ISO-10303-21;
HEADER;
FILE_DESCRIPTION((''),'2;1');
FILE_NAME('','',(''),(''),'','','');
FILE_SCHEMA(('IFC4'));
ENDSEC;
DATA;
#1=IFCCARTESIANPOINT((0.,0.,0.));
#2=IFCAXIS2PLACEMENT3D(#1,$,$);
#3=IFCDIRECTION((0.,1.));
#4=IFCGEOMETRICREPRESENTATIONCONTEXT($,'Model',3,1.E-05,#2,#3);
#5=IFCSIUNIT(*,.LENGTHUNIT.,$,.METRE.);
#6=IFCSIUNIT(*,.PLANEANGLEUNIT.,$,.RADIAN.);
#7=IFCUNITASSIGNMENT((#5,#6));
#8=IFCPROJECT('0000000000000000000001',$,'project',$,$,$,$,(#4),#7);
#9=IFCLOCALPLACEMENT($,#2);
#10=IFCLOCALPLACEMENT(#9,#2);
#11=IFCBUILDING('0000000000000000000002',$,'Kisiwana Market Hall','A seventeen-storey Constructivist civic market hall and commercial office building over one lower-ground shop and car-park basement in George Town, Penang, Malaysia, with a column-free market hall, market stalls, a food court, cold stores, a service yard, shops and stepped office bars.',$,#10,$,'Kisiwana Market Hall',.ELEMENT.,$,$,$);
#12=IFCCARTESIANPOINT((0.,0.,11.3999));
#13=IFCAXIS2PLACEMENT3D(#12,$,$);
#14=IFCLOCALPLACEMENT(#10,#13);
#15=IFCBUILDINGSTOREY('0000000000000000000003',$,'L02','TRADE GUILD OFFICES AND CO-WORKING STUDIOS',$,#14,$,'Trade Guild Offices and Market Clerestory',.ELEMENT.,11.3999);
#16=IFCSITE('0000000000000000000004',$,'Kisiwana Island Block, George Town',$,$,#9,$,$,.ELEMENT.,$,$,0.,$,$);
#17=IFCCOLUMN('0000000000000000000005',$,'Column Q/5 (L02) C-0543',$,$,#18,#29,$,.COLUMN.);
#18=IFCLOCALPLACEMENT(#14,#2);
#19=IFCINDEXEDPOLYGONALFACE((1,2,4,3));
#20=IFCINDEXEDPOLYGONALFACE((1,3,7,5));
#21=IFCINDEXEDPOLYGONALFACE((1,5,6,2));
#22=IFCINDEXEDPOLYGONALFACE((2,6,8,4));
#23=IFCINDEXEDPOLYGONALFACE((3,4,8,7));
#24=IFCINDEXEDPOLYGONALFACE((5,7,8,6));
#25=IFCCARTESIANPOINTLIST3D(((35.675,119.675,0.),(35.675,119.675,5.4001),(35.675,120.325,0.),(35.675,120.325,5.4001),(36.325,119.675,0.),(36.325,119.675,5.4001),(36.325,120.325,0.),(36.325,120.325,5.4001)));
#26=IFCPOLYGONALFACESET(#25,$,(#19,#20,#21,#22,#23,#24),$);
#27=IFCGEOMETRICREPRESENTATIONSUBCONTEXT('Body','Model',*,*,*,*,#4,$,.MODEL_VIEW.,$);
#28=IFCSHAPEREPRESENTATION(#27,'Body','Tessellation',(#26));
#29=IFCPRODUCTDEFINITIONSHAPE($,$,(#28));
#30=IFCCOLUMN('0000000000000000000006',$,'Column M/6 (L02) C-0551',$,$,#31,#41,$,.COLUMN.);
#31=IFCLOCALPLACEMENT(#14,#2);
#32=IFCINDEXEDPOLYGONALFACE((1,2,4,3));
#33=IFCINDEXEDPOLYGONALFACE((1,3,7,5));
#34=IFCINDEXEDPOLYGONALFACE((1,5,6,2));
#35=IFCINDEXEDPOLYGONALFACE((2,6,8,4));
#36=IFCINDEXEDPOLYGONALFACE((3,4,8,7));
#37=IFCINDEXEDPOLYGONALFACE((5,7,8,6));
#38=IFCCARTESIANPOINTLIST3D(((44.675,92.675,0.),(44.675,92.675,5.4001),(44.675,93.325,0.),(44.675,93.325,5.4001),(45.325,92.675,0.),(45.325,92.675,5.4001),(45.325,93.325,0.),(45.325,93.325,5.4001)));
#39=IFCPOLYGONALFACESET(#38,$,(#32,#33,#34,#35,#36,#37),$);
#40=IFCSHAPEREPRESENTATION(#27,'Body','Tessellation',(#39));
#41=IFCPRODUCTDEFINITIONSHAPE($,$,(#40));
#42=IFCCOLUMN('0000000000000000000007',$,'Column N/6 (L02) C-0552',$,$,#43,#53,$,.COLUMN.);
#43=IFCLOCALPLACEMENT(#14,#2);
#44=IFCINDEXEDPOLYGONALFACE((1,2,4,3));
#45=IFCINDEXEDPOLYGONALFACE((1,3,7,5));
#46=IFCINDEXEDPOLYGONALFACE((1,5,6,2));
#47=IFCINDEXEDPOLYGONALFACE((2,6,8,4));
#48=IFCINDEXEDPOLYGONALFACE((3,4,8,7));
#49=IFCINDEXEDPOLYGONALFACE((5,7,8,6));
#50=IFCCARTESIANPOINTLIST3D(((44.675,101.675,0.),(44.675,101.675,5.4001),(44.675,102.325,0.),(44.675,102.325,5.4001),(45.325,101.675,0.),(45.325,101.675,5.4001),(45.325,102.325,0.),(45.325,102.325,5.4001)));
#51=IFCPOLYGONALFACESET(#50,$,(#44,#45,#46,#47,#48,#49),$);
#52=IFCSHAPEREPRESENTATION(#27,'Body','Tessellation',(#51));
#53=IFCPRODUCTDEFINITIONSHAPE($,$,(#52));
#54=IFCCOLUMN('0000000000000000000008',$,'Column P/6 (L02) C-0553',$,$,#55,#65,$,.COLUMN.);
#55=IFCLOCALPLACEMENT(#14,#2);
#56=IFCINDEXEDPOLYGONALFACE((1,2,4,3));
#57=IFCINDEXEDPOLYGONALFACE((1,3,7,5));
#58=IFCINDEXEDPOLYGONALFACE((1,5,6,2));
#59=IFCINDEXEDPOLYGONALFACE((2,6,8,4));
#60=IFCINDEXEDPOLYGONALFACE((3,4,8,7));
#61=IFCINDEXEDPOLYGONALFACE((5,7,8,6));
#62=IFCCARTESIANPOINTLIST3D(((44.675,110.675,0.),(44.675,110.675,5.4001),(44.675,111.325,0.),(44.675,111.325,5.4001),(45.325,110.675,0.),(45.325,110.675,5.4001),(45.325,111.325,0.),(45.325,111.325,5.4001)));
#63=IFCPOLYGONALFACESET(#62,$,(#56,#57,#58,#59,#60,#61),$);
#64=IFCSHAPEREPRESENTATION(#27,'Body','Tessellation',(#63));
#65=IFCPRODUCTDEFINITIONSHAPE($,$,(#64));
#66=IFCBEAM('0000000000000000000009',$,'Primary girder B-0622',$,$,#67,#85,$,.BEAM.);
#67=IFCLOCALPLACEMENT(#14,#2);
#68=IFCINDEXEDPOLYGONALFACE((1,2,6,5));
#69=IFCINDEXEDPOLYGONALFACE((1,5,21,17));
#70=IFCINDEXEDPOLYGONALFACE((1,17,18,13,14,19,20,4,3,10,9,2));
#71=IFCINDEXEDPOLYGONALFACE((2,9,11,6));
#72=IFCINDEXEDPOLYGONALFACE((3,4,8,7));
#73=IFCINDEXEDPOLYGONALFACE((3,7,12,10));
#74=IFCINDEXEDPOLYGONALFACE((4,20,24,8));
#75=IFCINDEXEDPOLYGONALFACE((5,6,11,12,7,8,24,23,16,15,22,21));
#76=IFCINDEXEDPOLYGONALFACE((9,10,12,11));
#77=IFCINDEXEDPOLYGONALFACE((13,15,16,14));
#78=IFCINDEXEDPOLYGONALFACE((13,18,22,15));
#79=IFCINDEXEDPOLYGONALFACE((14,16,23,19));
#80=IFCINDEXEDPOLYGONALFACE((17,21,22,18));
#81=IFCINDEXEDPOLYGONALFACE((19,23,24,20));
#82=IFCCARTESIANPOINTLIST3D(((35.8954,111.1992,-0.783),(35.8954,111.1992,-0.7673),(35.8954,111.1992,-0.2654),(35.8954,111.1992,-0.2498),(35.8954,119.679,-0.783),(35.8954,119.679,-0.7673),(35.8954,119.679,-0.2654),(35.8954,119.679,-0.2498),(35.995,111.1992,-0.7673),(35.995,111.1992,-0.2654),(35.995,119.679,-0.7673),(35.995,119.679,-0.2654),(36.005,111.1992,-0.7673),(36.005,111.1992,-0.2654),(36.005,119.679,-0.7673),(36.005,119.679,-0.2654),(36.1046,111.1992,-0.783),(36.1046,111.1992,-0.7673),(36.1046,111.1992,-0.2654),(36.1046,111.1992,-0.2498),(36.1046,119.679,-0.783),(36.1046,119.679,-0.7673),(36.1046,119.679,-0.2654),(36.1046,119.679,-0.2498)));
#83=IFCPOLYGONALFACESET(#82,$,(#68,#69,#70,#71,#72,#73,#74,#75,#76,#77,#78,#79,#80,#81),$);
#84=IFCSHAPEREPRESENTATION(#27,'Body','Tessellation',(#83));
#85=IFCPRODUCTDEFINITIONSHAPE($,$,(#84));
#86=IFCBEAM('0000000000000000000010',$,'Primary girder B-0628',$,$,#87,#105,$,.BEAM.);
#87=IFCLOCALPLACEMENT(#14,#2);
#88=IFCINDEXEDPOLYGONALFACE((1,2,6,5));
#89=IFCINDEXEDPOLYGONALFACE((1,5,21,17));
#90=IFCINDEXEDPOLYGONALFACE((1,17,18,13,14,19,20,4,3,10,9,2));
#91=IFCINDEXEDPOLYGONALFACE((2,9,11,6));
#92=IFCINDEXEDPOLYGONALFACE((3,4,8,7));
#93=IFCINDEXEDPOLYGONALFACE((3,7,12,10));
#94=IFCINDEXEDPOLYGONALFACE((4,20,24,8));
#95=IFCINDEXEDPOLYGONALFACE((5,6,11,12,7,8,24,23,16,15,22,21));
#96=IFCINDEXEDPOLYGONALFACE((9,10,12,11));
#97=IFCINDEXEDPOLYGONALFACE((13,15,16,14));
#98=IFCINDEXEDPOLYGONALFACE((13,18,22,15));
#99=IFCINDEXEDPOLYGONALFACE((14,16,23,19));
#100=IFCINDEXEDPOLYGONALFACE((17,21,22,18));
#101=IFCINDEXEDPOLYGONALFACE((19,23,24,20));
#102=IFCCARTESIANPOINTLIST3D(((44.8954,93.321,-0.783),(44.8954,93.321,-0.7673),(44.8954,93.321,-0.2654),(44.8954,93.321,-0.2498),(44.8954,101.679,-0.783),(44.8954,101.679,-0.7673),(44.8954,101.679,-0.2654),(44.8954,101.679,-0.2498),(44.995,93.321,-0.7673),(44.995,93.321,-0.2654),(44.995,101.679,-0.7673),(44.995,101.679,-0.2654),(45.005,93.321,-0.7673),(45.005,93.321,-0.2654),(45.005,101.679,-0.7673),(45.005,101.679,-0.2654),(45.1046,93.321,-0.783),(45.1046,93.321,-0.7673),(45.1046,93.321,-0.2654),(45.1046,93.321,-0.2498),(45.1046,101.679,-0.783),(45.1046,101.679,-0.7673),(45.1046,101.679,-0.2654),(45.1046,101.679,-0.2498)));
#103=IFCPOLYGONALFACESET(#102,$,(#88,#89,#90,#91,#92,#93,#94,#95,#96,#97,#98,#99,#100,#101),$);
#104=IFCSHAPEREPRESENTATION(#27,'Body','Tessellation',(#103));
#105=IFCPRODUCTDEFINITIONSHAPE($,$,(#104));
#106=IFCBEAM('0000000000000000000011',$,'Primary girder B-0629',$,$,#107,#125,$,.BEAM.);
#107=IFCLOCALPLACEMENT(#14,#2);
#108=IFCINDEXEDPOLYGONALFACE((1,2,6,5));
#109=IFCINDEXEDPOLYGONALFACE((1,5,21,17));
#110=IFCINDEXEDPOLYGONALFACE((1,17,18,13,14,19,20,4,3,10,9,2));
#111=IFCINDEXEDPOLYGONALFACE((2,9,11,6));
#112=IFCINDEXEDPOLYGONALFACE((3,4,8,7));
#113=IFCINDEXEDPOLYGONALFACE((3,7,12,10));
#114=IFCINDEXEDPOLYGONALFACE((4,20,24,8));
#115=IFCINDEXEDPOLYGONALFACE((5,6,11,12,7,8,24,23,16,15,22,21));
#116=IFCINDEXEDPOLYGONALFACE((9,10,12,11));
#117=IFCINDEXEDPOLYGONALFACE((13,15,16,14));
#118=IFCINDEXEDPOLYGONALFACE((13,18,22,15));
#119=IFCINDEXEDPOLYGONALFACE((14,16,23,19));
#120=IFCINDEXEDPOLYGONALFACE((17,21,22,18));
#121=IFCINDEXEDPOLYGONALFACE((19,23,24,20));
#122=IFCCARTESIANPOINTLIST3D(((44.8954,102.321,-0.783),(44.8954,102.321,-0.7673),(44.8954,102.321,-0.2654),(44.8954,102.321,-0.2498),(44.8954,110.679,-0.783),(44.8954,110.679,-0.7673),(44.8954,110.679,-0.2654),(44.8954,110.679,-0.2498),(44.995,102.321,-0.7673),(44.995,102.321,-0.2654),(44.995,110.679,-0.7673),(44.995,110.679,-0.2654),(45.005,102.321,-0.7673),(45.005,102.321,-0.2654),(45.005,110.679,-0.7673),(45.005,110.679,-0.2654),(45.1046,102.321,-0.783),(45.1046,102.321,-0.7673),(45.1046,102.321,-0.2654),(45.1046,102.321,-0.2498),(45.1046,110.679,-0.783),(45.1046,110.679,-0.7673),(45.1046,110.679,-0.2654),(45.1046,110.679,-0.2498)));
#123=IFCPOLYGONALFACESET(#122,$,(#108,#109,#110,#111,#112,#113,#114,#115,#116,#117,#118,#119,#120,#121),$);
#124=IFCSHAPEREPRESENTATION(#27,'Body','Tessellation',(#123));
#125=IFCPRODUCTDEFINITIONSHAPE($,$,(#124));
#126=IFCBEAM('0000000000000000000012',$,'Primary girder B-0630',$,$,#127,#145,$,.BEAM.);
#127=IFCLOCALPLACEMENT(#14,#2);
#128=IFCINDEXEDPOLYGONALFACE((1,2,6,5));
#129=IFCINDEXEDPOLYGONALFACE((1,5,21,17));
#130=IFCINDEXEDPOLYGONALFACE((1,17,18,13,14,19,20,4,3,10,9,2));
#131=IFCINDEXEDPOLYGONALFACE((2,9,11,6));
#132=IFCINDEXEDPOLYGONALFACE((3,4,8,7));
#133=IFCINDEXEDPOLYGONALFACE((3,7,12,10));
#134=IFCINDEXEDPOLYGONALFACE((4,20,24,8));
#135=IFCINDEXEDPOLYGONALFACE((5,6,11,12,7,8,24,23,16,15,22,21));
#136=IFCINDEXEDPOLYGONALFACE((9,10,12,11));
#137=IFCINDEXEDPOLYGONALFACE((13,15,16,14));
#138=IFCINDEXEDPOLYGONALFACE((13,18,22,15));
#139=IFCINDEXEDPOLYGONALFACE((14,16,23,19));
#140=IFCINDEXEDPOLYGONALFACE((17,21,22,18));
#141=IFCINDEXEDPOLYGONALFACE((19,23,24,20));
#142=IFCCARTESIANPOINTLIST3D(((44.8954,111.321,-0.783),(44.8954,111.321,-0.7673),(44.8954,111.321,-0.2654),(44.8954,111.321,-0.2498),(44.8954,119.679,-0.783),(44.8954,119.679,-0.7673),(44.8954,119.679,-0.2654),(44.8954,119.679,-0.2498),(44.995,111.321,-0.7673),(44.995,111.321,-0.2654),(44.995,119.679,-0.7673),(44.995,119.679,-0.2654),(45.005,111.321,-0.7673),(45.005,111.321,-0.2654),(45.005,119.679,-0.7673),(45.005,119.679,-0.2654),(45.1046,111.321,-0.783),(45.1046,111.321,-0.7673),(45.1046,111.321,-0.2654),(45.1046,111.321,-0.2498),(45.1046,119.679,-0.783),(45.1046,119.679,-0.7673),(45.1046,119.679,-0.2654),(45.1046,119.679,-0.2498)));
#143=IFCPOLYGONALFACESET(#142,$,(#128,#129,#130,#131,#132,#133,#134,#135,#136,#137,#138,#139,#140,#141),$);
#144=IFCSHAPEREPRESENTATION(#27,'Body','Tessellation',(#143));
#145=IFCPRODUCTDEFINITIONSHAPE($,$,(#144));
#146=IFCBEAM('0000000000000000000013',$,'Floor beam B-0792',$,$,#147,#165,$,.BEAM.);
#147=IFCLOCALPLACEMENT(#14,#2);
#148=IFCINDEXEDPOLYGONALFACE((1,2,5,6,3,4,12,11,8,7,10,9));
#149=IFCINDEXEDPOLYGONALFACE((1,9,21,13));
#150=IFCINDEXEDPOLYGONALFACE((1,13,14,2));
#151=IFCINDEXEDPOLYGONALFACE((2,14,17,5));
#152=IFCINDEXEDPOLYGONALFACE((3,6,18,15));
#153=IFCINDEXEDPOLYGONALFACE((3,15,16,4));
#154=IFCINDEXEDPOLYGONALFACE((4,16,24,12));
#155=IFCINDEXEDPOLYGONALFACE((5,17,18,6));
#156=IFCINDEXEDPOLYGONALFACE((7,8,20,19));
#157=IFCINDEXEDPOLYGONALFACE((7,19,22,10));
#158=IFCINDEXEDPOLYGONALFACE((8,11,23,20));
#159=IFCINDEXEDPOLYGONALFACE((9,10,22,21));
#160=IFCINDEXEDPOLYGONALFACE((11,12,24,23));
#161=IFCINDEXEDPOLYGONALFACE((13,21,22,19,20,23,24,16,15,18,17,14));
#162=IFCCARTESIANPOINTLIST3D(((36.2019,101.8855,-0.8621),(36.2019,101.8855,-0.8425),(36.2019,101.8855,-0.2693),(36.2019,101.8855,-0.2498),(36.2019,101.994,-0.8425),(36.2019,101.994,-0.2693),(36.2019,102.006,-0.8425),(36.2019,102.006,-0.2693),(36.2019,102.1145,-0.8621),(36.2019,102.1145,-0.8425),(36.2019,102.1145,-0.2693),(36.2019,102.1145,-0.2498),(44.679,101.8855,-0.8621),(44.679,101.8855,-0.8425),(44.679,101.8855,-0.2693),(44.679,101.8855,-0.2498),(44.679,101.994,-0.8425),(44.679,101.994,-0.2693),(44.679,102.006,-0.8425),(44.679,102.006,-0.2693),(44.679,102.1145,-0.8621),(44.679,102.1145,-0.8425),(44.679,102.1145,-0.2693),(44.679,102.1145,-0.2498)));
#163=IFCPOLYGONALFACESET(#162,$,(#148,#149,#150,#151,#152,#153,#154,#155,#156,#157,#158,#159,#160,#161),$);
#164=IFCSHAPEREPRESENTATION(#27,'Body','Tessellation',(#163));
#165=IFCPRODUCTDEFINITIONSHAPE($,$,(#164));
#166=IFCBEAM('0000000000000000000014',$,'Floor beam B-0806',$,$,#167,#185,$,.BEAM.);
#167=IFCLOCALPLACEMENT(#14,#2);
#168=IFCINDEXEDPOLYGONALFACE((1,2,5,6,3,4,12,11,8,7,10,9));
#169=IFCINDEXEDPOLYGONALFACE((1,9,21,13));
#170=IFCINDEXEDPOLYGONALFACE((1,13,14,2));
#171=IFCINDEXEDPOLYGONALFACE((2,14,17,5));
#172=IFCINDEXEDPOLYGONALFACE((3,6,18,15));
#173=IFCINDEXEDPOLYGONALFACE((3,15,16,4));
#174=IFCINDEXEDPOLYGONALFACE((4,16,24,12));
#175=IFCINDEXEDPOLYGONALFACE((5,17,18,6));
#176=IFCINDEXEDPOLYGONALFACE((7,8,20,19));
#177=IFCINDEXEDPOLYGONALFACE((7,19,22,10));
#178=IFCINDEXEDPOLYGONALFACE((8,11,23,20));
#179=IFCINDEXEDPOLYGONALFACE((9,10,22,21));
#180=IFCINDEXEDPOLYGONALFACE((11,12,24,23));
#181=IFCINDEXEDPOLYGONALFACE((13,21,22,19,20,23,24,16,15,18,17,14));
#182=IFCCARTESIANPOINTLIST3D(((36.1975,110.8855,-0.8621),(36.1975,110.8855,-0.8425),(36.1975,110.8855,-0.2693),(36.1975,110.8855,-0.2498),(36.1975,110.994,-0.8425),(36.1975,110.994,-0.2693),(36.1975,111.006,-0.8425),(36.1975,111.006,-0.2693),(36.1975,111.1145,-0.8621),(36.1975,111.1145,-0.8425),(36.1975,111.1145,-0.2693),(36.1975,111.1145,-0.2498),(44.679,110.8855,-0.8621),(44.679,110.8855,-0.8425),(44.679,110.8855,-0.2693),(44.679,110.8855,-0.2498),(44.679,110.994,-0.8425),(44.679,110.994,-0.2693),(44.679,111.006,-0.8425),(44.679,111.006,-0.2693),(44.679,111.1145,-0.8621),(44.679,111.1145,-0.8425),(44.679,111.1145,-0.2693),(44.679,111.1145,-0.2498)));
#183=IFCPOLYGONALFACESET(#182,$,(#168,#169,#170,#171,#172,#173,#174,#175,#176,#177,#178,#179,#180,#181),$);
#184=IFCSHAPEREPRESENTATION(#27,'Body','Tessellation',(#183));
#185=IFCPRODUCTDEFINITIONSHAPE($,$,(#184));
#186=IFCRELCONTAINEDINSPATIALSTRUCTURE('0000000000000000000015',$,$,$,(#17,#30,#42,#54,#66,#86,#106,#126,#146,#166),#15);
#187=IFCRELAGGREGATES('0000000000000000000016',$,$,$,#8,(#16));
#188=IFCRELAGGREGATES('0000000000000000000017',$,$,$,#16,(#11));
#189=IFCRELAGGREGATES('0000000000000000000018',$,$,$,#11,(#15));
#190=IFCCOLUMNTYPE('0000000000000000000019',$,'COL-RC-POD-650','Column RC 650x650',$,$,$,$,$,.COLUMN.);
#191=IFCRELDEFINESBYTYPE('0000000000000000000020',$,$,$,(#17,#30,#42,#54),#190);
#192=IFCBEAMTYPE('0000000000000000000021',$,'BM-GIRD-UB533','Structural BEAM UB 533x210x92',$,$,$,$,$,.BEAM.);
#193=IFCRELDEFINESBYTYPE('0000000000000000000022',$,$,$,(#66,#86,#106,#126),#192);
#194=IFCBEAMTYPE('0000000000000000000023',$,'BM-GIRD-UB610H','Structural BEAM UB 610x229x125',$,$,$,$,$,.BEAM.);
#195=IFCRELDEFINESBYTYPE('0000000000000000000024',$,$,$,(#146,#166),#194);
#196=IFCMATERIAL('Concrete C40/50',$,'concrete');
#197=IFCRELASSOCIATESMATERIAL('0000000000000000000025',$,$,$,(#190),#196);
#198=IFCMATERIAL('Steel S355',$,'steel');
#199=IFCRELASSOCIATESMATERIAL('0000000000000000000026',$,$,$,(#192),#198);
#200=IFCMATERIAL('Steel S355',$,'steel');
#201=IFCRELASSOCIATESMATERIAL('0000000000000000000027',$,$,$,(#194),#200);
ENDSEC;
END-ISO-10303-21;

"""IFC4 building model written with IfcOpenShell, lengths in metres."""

from ifc_helpers import new_model, si_unit, direction, frame, origin, origin_2d, place, context, subcontext, project, spatial, rectangle, i_section, extrude, material, material_profile, profile_set, type_object, element, save


model = new_model("IFC4")

# Units and contexts
model_context = context("Model", 3, precision=1e-05, world=origin(), true_north=direction((0.0, 1.0)))
body_context = subcontext(model_context, "Body", "Model", "MODEL_VIEW")
ifc_project = project(units=[si_unit("LENGTHUNIT", "METRE"), si_unit("PLANEANGLEUNIT", "RADIAN")], contexts=[model_context])

# Site, building, storey
site_placement = place(None, origin())
site = spatial("IfcSite", under=ifc_project, at=site_placement, Name="Kisiwana Island Block, George Town", CompositionType="ELEMENT", RefElevation=0.0)
building_placement = place(site_placement, origin())
building = spatial("IfcBuilding", under=site, at=building_placement, Name="Kisiwana Market Hall", Description="A seventeen-storey Constructivist civic market hall and commercial office building over one lower-ground shop and car-park basement in George Town, Penang, Malaysia, with a column-free market hall, market stalls, a food court, cold stores, a service yard, shops and stepped office bars.", LongName="Kisiwana Market Hall", CompositionType="ELEMENT")
storey_placement = place(building_placement, frame((0.0, 0.0, 11.3999)))
storey = spatial("IfcBuildingStorey", under=building, at=storey_placement, Name="L02", Description="TRADE GUILD OFFICES AND CO-WORKING STUDIOS", LongName="Trade Guild Offices and Market Clerestory", CompositionType="ELEMENT", Elevation=11.3999)

# Columns
ifc_material_1 = material(Name="Concrete C40/50", Category="concrete")
ifc_material_profile_1 = material_profile(ifc_material_1, rectangle(XDim=0.6499, YDim=0.6499, at=origin_2d()), Name="RC 650x650")
ifc_profile_set_1 = profile_set([ifc_material_profile_1], Name="Concrete C40/50")
column_type = type_object("IfcColumnType", Name="COL-RC-POD-650", Description="Column RC 650x650", PredefinedType="COLUMN", material=ifc_profile_set_1)
for number, where, z_axis, x_axis, name in (
    (1, (36.0, 120.0, 0.0), (0.0, 0.0, 1.0), (1.0, 0.0, 0.0), "Column Q/5 (L02) C-0543"),
    (2, (45.0, 93.0, 0.0), (0.0, 0.0, 1.0), (1.0, 0.0, 0.0), "Column M/6 (L02) C-0551"),
    (3, (45.0, 102.0, 0.0), (0.0, 0.0, 1.0), (1.0, 0.0, 0.0), "Column N/6 (L02) C-0552"),
    (4, (45.0, 111.0, 0.0), (0.0, 0.0, 1.0), (1.0, 0.0, 0.0), "Column P/6 (L02) C-0553"),
):
    element("IfcColumn", number, at=place(storey_placement, frame(where, z_axis=z_axis, x_axis=x_axis)), inside=storey, type_object=column_type, Name=name, PredefinedType="COLUMN", context=body_context, shape_type="SweptSolid", body=[
        extrude(rectangle(XDim=0.6499, YDim=0.6499, at=origin_2d()), origin(), (0.0, 0.0, 1.0), 5.4001),
    ])

# Beams
ifc_material_2 = material(Name="Steel S355", Category="steel")
ifc_material_profile_2 = material_profile(ifc_material_2, i_section(OverallWidth=0.2092, OverallDepth=0.5332, WebThickness=0.01, FlangeThickness=0.0156, at=origin_2d()), Name="UB 533x210x92")
ifc_profile_set_2 = profile_set([ifc_material_profile_2], Name="Steel S355")
beam_type_1 = type_object("IfcBeamType", Name="BM-GIRD-UB533", Description="Structural BEAM UB 533x210x92", PredefinedType="BEAM", material=ifc_profile_set_2)
beam_1_placement = place(storey_placement, frame((36.0, 111.1992, -0.5164), z_axis=(0.0, 1.0, 0.0), x_axis=(-1.0, 0.0, 0.0)))
element("IfcBeam", 5, at=beam_1_placement, inside=storey, type_object=beam_type_1, Name="Primary girder B-0622", PredefinedType="BEAM", context=body_context, shape_type="SweptSolid", body=[
    extrude(i_section(OverallWidth=0.2092, OverallDepth=0.5332, WebThickness=0.01, FlangeThickness=0.0156, at=origin_2d()), origin(), (0.0, 0.0, 1.0), 8.4797),
])
for number, where, z_axis, x_axis, name in (
    (6, (45.0, 93.321, -0.5164), (0.0, 1.0, 0.0), (-1.0, 0.0, 0.0), "Primary girder B-0628"),
    (7, (45.0, 102.321, -0.5164), (0.0, 1.0, 0.0), (-1.0, 0.0, 0.0), "Primary girder B-0629"),
    (8, (45.0, 111.321, -0.5164), (0.0, 1.0, 0.0), (-1.0, 0.0, 0.0), "Primary girder B-0630"),
):
    element("IfcBeam", number, at=place(storey_placement, frame(where, z_axis=z_axis, x_axis=x_axis)), inside=storey, type_object=beam_type_1, Name=name, PredefinedType="BEAM", context=body_context, shape_type="SweptSolid", body=[
        extrude(i_section(OverallWidth=0.2092, OverallDepth=0.5332, WebThickness=0.01, FlangeThickness=0.0156, at=origin_2d()), origin(), (0.0, 0.0, 1.0), 8.3579),
    ])
ifc_material_3 = material(Name="Steel S355", Category="steel")
ifc_material_profile_3 = material_profile(ifc_material_3, i_section(OverallWidth=0.229, OverallDepth=0.6123, WebThickness=0.012, FlangeThickness=0.0195, at=origin_2d()), Name="UB 610x229x125")
ifc_profile_set_3 = profile_set([ifc_material_profile_3], Name="Steel S355")
beam_type_2 = type_object("IfcBeamType", Name="BM-GIRD-UB610H", Description="Structural BEAM UB 610x229x125", PredefinedType="BEAM", material=ifc_profile_set_3)
beam_2_placement = place(storey_placement, frame((36.2019, 102.0, -0.5559), z_axis=(1.0, 0.0, 0.0), x_axis=(0.0, 1.0, 0.0)))
element("IfcBeam", 9, at=beam_2_placement, inside=storey, type_object=beam_type_2, Name="Floor beam B-0792", PredefinedType="BEAM", context=body_context, shape_type="SweptSolid", body=[
    extrude(i_section(OverallWidth=0.229, OverallDepth=0.6123, WebThickness=0.012, FlangeThickness=0.0195, at=origin_2d()), origin(), (0.0, 0.0, 1.0), 8.4771),
])
beam_3_placement = place(storey_placement, frame((36.1975, 111.0, -0.5559), z_axis=(1.0, 0.0, 0.0), x_axis=(0.0, 1.0, 0.0)))
element("IfcBeam", 10, at=beam_3_placement, inside=storey, type_object=beam_type_2, Name="Floor beam B-0806", PredefinedType="BEAM", context=body_context, shape_type="SweptSolid", body=[
    extrude(i_section(OverallWidth=0.229, OverallDepth=0.6123, WebThickness=0.012, FlangeThickness=0.0195, at=origin_2d()), origin(), (0.0, 0.0, 1.0), 8.4814),
])

save(model, "model.ifc")
